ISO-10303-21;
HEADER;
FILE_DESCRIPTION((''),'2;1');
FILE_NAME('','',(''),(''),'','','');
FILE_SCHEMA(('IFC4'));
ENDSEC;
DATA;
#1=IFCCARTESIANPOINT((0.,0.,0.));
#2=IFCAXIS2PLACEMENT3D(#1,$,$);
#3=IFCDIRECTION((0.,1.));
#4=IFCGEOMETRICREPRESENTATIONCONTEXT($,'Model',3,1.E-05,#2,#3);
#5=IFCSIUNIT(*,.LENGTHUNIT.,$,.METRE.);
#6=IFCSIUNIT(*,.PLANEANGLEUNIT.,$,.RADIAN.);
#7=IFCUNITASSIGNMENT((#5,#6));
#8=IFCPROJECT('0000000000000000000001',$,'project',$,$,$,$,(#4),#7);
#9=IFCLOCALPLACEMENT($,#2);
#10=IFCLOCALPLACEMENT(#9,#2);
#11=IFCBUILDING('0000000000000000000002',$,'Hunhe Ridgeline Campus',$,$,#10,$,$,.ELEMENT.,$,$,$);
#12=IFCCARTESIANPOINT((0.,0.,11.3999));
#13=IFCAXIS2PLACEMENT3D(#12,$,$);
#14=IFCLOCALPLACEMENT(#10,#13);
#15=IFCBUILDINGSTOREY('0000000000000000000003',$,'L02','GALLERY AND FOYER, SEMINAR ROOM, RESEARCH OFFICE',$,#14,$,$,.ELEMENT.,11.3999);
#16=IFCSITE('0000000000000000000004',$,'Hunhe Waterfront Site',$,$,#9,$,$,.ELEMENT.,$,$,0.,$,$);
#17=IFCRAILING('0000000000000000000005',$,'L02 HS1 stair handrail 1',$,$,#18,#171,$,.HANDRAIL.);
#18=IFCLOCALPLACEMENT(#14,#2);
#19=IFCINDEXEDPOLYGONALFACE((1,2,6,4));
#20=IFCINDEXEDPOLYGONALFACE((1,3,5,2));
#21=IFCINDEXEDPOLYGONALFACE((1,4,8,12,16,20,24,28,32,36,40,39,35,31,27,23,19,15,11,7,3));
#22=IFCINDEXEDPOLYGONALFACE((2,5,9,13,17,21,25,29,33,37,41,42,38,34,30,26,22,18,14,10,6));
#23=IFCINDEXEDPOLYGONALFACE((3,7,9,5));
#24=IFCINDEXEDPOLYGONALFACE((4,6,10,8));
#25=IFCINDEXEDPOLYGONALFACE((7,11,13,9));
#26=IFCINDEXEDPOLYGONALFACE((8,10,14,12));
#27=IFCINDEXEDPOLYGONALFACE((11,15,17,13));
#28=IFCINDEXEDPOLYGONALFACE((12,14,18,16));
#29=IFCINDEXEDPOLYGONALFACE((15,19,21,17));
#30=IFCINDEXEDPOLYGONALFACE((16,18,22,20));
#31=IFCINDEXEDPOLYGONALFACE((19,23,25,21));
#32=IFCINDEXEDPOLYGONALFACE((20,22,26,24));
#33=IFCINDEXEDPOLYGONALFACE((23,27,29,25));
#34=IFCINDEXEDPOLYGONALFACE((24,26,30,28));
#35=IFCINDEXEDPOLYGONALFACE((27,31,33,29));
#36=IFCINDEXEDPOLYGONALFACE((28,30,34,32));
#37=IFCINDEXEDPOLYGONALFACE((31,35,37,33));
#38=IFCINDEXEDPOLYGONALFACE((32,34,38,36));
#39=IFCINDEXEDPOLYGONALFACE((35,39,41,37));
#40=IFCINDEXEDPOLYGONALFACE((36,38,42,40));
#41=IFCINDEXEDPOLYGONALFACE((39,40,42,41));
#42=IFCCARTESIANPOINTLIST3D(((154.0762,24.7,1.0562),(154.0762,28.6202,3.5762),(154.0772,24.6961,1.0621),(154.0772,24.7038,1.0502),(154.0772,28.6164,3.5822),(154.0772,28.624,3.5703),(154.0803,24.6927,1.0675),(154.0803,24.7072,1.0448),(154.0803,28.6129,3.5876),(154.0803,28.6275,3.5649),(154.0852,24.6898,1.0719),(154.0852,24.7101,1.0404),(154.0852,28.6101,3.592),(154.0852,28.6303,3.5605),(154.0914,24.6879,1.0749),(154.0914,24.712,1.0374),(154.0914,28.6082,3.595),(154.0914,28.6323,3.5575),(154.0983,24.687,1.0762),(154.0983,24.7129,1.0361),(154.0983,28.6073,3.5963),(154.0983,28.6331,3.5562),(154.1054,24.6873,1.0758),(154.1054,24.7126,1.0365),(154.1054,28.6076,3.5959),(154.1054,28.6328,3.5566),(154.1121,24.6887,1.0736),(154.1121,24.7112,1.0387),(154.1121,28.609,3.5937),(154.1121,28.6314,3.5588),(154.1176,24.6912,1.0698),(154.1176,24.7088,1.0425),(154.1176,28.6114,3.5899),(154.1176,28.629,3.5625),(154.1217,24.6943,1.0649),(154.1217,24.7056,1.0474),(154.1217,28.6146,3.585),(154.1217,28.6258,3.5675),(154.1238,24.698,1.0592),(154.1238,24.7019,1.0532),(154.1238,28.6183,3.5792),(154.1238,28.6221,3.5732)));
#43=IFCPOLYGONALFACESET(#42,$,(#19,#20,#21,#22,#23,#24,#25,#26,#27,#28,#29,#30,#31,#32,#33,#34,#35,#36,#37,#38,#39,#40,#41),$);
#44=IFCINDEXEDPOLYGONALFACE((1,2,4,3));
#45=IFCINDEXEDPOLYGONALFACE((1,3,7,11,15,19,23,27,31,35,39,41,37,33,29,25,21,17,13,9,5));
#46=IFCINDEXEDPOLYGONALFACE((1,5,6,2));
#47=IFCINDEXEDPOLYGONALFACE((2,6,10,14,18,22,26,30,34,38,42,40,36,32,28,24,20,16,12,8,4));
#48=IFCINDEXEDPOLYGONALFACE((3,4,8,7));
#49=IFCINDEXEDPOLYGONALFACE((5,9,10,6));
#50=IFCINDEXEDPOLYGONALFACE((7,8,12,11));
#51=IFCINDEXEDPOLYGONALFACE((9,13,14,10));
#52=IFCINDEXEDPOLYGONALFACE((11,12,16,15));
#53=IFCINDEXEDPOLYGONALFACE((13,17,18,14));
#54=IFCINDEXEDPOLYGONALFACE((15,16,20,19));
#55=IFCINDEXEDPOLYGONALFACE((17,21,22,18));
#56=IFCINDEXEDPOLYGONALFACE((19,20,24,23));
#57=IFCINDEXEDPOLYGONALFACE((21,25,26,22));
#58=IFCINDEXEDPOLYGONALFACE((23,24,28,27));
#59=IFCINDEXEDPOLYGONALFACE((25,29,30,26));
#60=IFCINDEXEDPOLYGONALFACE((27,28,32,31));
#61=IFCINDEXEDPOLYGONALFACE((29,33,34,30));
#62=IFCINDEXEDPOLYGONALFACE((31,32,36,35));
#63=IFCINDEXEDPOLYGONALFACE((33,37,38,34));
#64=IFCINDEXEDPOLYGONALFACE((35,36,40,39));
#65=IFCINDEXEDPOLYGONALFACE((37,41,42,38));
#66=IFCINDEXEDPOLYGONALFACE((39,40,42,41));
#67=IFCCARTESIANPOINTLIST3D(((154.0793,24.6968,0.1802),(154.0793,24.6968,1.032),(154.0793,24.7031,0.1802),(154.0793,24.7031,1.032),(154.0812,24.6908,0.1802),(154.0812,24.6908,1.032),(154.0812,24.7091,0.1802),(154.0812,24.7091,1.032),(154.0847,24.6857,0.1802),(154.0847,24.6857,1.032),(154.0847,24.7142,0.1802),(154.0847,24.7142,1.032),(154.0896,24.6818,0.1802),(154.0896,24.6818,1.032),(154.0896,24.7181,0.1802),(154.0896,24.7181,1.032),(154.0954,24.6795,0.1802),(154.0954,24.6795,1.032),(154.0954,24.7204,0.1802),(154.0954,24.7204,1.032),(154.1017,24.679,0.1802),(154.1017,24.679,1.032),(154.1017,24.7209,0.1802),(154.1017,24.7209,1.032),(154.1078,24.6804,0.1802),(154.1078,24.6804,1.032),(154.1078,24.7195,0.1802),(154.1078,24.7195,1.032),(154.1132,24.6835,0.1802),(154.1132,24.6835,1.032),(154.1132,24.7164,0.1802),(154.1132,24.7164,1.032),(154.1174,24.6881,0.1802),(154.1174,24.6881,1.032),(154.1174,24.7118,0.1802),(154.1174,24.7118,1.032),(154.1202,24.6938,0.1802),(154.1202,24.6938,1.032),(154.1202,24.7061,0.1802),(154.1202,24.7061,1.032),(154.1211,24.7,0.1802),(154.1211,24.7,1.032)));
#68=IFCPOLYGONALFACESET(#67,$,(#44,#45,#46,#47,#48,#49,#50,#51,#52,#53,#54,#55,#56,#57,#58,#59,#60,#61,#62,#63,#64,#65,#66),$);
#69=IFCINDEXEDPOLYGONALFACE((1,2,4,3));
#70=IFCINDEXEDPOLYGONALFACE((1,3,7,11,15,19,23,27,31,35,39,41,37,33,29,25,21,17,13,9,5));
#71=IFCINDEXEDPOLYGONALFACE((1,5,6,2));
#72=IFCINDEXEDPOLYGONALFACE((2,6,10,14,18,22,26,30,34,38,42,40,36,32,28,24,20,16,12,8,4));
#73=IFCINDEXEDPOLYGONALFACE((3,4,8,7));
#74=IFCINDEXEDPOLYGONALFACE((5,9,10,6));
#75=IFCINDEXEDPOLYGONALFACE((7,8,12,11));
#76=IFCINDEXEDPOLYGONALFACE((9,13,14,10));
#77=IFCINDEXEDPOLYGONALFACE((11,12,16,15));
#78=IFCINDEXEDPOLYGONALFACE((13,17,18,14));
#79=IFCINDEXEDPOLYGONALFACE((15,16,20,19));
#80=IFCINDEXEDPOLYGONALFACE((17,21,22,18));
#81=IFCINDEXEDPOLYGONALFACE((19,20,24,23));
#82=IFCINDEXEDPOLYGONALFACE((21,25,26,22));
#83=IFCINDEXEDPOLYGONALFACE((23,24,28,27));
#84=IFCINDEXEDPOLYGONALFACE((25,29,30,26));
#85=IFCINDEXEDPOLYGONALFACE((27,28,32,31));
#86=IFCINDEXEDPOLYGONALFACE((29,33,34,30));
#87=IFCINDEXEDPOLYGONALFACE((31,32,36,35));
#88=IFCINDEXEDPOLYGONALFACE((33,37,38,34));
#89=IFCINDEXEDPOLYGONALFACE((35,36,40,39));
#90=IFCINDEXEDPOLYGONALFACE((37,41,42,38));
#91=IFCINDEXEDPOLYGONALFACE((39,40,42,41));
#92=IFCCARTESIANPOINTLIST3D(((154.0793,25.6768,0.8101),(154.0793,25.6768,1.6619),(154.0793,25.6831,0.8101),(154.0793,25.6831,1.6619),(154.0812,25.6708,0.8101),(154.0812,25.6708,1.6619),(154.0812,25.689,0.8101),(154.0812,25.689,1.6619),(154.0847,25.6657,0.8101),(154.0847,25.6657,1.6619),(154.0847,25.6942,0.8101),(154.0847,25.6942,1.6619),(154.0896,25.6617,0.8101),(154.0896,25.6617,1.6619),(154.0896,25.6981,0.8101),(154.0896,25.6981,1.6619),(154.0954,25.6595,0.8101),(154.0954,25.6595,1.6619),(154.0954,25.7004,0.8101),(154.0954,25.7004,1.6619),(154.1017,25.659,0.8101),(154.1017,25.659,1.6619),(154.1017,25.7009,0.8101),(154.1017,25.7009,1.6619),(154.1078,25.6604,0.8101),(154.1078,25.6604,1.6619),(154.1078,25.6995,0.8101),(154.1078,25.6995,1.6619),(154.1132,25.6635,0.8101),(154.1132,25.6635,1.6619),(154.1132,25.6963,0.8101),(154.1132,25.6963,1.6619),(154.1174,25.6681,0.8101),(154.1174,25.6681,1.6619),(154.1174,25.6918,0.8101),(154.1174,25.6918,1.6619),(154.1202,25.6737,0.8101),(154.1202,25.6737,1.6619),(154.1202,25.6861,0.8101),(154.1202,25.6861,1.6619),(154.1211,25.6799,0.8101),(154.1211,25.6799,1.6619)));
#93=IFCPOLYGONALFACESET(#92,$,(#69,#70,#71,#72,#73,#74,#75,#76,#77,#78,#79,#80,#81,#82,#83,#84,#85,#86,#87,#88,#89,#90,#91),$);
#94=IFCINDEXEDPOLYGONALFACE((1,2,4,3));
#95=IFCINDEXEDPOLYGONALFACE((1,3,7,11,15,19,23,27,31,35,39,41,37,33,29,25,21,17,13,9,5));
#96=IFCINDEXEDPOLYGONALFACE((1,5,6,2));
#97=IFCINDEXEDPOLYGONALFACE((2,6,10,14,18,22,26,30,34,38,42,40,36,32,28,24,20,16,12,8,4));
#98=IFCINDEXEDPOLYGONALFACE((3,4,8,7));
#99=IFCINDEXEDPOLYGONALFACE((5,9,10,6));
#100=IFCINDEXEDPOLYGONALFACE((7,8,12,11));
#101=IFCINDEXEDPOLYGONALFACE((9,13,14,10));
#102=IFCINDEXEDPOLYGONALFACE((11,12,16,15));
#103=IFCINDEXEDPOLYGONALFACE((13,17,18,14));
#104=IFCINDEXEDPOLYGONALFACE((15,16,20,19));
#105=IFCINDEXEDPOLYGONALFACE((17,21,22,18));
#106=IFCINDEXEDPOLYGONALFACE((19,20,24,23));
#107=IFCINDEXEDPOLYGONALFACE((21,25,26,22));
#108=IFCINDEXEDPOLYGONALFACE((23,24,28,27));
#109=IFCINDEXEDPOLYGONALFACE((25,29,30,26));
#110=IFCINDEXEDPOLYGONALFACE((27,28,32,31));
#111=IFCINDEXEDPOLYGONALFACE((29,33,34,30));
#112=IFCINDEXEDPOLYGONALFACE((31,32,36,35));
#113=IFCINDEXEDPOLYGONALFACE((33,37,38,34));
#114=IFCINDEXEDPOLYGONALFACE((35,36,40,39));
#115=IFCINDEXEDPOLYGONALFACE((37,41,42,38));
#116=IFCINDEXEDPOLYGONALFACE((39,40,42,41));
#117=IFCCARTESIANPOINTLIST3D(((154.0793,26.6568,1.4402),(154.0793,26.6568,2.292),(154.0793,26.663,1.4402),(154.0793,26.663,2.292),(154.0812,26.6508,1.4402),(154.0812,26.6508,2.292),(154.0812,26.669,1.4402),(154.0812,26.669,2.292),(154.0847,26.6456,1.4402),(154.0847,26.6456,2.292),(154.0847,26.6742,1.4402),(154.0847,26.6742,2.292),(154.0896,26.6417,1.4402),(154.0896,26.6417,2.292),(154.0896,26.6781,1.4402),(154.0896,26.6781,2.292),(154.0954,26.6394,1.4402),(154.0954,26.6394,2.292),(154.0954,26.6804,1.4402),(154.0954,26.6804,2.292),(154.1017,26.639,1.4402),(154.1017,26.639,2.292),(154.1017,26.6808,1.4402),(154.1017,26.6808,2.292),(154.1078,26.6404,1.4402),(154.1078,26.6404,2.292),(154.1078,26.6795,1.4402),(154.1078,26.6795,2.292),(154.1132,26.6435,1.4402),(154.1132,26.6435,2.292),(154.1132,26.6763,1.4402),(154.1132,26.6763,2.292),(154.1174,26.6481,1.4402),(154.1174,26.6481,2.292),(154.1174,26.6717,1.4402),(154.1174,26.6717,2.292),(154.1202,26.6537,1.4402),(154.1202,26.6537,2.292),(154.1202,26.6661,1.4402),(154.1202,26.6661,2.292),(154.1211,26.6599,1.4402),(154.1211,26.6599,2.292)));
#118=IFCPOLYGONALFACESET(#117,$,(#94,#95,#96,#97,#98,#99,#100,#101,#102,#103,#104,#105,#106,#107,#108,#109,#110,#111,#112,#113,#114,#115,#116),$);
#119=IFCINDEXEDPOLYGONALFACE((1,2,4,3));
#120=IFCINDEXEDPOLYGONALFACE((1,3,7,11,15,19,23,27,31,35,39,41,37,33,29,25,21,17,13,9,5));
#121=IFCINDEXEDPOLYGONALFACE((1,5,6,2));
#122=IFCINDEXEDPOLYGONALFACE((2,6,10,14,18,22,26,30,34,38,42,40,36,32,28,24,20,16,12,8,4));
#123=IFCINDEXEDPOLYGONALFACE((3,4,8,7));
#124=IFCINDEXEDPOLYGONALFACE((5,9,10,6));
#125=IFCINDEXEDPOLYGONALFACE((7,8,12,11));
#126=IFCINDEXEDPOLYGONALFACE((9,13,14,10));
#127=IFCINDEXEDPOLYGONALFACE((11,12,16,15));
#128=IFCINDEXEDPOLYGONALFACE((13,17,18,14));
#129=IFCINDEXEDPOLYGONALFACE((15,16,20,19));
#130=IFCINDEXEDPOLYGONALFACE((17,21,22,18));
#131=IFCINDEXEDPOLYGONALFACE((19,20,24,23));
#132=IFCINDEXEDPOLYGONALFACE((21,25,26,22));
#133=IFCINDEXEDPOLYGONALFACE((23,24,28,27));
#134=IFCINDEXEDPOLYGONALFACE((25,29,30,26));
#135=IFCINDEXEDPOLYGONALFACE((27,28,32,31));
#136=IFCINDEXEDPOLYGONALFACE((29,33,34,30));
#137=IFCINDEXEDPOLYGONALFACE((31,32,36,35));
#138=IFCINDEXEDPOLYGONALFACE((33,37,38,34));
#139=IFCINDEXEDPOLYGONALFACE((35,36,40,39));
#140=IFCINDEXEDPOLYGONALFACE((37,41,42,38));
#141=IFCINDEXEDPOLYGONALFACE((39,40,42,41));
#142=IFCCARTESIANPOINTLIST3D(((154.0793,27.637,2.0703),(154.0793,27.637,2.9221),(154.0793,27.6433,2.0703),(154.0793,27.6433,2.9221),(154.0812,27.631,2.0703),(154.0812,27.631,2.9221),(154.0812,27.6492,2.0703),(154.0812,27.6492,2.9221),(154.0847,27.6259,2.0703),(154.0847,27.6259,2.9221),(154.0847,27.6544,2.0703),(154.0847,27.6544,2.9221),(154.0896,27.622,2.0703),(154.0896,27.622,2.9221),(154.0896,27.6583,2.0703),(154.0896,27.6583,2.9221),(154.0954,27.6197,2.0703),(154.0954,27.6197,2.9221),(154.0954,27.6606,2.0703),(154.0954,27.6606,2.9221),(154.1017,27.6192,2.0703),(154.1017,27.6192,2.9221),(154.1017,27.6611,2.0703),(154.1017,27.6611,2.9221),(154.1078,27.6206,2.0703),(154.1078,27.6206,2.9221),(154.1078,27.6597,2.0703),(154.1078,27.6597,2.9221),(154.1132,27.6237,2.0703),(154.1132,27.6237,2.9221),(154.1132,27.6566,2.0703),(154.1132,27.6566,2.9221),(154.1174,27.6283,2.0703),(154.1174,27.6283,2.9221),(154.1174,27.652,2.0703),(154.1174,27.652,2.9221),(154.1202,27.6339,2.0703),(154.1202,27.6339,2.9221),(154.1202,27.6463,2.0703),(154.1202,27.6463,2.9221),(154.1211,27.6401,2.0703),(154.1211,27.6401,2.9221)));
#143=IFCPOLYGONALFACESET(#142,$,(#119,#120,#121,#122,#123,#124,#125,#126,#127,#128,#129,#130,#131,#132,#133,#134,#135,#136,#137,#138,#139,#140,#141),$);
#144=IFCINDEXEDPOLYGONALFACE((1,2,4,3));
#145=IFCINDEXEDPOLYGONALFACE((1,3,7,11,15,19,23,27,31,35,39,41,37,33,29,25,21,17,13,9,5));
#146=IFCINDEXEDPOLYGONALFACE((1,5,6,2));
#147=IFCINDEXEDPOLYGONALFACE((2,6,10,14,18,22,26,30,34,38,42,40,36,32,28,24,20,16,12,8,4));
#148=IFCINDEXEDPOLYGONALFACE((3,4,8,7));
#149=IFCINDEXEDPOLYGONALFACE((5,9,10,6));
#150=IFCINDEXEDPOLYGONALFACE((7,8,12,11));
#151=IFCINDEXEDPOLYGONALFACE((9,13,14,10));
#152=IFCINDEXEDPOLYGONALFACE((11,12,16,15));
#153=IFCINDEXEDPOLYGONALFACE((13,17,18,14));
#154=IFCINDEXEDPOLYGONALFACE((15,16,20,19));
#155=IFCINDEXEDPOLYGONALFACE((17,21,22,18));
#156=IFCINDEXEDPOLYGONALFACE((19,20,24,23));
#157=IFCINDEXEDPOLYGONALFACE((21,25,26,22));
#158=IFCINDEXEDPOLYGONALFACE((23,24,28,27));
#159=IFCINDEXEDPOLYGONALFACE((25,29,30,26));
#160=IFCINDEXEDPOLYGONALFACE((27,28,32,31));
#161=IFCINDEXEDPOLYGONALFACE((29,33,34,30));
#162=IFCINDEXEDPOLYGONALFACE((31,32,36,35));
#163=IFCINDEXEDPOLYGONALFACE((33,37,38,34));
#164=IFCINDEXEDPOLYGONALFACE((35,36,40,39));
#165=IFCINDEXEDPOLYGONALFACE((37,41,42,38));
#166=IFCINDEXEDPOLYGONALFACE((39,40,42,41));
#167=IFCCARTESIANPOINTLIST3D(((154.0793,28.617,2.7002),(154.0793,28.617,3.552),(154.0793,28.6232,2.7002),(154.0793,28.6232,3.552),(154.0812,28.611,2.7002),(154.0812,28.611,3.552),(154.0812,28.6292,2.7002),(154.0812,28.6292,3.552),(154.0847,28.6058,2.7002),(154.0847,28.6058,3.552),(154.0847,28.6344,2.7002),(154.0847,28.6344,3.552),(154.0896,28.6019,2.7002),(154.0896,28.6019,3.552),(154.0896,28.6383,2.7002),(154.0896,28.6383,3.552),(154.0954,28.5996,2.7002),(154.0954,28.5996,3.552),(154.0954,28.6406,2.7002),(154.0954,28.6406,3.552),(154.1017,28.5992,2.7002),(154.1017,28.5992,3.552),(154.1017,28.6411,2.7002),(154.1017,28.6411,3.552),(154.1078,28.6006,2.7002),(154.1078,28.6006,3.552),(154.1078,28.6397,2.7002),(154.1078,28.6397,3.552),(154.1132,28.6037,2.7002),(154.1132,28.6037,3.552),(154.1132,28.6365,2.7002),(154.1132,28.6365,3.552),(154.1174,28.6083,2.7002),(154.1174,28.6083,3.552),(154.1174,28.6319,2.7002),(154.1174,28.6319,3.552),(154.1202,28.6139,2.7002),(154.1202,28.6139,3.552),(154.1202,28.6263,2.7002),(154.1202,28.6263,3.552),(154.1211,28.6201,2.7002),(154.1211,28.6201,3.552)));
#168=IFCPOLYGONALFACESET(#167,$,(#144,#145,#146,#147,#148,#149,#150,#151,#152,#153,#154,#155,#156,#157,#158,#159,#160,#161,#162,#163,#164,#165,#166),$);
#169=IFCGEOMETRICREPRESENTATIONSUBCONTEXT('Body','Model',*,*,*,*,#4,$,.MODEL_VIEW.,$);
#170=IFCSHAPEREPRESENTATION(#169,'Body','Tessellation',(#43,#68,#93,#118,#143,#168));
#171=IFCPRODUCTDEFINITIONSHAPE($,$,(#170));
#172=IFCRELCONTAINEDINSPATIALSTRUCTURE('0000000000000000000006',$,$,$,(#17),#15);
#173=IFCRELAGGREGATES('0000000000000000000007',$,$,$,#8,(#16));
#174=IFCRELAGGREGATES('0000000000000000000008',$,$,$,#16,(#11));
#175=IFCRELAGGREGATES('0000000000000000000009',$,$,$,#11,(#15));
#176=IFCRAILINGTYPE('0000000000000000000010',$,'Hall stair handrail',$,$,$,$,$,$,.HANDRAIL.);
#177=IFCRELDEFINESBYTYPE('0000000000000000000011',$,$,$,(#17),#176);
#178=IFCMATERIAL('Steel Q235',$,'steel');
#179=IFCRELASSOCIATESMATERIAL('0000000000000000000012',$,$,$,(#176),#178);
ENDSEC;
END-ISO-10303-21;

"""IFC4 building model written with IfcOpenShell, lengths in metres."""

from ifc_helpers import new_model, si_unit, direction, frame, origin, origin_2d, place, context, subcontext, project, spatial, circle, extrude, material, type_object, element, save


model = new_model("IFC4")

# Units and contexts
model_context = context("Model", 3, precision=1e-05, world=origin(), true_north=direction((0.0, 1.0)))
body_context = subcontext(model_context, "Body", "Model", "MODEL_VIEW")
ifc_project = project(units=[si_unit("LENGTHUNIT", "METRE"), si_unit("PLANEANGLEUNIT", "RADIAN")], contexts=[model_context])

# Site, building, storey
site_placement = place(None, origin())
site = spatial("IfcSite", under=ifc_project, at=site_placement, Name="Hunhe Waterfront Site", CompositionType="ELEMENT", RefElevation=0.0)
building_placement = place(site_placement, origin())
building = spatial("IfcBuilding", under=site, at=building_placement, Name="Hunhe Ridgeline Campus", CompositionType="ELEMENT")
storey_placement = place(building_placement, frame((0.0, 0.0, 11.3999)))
storey = spatial("IfcBuildingStorey", under=building, at=storey_placement, Name="L02", Description="GALLERY AND FOYER, SEMINAR ROOM, RESEARCH OFFICE", CompositionType="ELEMENT", Elevation=11.3999)

# Shared definitions
ifc_material_1 = material(Name="Steel Q235", Category="steel")

# Railing
railing_type_1 = type_object("IfcRailingType", Name="Hall stair handrail", PredefinedType="HANDRAIL", material=ifc_material_1)
railing_1_placement = place(storey_placement, frame((154.1001, 24.7, 0.1802)))
element("IfcRailing", 1, at=railing_1_placement, inside=storey, type_object=railing_type_1, Name="L02 HS1 stair handrail 1", PredefinedType="HANDRAIL", context=body_context, shape_type="SweptSolid", body=[
    extrude(circle(Radius=0.0239, at=origin_2d()), frame((0.0, 0.0, 0.876), z_axis=(0.0, 0.841187, 0.540744), x_axis=(-1.0, 0.0, 0.0)), (0.0, 0.0, 1.0), 4.6604),
    extrude(circle(Radius=0.021, at=origin_2d()), origin(), (0.0, 0.0, 1.0), 0.8518),
    extrude(circle(Radius=0.021, at=origin_2d()), frame((0.0, 0.98, 0.6299)), (0.0, 0.0, 1.0), 0.8518),
    extrude(circle(Radius=0.021, at=origin_2d()), frame((0.0, 1.96, 1.26)), (0.0, 0.0, 1.0), 0.8518),
    extrude(circle(Radius=0.021, at=origin_2d()), frame((0.0, 2.9402, 1.8901)), (0.0, 0.0, 1.0), 0.8518),
    extrude(circle(Radius=0.021, at=origin_2d()), frame((0.0, 3.9202, 2.52)), (0.0, 0.0, 1.0), 0.8518),
])

save(model, "model.ifc")
